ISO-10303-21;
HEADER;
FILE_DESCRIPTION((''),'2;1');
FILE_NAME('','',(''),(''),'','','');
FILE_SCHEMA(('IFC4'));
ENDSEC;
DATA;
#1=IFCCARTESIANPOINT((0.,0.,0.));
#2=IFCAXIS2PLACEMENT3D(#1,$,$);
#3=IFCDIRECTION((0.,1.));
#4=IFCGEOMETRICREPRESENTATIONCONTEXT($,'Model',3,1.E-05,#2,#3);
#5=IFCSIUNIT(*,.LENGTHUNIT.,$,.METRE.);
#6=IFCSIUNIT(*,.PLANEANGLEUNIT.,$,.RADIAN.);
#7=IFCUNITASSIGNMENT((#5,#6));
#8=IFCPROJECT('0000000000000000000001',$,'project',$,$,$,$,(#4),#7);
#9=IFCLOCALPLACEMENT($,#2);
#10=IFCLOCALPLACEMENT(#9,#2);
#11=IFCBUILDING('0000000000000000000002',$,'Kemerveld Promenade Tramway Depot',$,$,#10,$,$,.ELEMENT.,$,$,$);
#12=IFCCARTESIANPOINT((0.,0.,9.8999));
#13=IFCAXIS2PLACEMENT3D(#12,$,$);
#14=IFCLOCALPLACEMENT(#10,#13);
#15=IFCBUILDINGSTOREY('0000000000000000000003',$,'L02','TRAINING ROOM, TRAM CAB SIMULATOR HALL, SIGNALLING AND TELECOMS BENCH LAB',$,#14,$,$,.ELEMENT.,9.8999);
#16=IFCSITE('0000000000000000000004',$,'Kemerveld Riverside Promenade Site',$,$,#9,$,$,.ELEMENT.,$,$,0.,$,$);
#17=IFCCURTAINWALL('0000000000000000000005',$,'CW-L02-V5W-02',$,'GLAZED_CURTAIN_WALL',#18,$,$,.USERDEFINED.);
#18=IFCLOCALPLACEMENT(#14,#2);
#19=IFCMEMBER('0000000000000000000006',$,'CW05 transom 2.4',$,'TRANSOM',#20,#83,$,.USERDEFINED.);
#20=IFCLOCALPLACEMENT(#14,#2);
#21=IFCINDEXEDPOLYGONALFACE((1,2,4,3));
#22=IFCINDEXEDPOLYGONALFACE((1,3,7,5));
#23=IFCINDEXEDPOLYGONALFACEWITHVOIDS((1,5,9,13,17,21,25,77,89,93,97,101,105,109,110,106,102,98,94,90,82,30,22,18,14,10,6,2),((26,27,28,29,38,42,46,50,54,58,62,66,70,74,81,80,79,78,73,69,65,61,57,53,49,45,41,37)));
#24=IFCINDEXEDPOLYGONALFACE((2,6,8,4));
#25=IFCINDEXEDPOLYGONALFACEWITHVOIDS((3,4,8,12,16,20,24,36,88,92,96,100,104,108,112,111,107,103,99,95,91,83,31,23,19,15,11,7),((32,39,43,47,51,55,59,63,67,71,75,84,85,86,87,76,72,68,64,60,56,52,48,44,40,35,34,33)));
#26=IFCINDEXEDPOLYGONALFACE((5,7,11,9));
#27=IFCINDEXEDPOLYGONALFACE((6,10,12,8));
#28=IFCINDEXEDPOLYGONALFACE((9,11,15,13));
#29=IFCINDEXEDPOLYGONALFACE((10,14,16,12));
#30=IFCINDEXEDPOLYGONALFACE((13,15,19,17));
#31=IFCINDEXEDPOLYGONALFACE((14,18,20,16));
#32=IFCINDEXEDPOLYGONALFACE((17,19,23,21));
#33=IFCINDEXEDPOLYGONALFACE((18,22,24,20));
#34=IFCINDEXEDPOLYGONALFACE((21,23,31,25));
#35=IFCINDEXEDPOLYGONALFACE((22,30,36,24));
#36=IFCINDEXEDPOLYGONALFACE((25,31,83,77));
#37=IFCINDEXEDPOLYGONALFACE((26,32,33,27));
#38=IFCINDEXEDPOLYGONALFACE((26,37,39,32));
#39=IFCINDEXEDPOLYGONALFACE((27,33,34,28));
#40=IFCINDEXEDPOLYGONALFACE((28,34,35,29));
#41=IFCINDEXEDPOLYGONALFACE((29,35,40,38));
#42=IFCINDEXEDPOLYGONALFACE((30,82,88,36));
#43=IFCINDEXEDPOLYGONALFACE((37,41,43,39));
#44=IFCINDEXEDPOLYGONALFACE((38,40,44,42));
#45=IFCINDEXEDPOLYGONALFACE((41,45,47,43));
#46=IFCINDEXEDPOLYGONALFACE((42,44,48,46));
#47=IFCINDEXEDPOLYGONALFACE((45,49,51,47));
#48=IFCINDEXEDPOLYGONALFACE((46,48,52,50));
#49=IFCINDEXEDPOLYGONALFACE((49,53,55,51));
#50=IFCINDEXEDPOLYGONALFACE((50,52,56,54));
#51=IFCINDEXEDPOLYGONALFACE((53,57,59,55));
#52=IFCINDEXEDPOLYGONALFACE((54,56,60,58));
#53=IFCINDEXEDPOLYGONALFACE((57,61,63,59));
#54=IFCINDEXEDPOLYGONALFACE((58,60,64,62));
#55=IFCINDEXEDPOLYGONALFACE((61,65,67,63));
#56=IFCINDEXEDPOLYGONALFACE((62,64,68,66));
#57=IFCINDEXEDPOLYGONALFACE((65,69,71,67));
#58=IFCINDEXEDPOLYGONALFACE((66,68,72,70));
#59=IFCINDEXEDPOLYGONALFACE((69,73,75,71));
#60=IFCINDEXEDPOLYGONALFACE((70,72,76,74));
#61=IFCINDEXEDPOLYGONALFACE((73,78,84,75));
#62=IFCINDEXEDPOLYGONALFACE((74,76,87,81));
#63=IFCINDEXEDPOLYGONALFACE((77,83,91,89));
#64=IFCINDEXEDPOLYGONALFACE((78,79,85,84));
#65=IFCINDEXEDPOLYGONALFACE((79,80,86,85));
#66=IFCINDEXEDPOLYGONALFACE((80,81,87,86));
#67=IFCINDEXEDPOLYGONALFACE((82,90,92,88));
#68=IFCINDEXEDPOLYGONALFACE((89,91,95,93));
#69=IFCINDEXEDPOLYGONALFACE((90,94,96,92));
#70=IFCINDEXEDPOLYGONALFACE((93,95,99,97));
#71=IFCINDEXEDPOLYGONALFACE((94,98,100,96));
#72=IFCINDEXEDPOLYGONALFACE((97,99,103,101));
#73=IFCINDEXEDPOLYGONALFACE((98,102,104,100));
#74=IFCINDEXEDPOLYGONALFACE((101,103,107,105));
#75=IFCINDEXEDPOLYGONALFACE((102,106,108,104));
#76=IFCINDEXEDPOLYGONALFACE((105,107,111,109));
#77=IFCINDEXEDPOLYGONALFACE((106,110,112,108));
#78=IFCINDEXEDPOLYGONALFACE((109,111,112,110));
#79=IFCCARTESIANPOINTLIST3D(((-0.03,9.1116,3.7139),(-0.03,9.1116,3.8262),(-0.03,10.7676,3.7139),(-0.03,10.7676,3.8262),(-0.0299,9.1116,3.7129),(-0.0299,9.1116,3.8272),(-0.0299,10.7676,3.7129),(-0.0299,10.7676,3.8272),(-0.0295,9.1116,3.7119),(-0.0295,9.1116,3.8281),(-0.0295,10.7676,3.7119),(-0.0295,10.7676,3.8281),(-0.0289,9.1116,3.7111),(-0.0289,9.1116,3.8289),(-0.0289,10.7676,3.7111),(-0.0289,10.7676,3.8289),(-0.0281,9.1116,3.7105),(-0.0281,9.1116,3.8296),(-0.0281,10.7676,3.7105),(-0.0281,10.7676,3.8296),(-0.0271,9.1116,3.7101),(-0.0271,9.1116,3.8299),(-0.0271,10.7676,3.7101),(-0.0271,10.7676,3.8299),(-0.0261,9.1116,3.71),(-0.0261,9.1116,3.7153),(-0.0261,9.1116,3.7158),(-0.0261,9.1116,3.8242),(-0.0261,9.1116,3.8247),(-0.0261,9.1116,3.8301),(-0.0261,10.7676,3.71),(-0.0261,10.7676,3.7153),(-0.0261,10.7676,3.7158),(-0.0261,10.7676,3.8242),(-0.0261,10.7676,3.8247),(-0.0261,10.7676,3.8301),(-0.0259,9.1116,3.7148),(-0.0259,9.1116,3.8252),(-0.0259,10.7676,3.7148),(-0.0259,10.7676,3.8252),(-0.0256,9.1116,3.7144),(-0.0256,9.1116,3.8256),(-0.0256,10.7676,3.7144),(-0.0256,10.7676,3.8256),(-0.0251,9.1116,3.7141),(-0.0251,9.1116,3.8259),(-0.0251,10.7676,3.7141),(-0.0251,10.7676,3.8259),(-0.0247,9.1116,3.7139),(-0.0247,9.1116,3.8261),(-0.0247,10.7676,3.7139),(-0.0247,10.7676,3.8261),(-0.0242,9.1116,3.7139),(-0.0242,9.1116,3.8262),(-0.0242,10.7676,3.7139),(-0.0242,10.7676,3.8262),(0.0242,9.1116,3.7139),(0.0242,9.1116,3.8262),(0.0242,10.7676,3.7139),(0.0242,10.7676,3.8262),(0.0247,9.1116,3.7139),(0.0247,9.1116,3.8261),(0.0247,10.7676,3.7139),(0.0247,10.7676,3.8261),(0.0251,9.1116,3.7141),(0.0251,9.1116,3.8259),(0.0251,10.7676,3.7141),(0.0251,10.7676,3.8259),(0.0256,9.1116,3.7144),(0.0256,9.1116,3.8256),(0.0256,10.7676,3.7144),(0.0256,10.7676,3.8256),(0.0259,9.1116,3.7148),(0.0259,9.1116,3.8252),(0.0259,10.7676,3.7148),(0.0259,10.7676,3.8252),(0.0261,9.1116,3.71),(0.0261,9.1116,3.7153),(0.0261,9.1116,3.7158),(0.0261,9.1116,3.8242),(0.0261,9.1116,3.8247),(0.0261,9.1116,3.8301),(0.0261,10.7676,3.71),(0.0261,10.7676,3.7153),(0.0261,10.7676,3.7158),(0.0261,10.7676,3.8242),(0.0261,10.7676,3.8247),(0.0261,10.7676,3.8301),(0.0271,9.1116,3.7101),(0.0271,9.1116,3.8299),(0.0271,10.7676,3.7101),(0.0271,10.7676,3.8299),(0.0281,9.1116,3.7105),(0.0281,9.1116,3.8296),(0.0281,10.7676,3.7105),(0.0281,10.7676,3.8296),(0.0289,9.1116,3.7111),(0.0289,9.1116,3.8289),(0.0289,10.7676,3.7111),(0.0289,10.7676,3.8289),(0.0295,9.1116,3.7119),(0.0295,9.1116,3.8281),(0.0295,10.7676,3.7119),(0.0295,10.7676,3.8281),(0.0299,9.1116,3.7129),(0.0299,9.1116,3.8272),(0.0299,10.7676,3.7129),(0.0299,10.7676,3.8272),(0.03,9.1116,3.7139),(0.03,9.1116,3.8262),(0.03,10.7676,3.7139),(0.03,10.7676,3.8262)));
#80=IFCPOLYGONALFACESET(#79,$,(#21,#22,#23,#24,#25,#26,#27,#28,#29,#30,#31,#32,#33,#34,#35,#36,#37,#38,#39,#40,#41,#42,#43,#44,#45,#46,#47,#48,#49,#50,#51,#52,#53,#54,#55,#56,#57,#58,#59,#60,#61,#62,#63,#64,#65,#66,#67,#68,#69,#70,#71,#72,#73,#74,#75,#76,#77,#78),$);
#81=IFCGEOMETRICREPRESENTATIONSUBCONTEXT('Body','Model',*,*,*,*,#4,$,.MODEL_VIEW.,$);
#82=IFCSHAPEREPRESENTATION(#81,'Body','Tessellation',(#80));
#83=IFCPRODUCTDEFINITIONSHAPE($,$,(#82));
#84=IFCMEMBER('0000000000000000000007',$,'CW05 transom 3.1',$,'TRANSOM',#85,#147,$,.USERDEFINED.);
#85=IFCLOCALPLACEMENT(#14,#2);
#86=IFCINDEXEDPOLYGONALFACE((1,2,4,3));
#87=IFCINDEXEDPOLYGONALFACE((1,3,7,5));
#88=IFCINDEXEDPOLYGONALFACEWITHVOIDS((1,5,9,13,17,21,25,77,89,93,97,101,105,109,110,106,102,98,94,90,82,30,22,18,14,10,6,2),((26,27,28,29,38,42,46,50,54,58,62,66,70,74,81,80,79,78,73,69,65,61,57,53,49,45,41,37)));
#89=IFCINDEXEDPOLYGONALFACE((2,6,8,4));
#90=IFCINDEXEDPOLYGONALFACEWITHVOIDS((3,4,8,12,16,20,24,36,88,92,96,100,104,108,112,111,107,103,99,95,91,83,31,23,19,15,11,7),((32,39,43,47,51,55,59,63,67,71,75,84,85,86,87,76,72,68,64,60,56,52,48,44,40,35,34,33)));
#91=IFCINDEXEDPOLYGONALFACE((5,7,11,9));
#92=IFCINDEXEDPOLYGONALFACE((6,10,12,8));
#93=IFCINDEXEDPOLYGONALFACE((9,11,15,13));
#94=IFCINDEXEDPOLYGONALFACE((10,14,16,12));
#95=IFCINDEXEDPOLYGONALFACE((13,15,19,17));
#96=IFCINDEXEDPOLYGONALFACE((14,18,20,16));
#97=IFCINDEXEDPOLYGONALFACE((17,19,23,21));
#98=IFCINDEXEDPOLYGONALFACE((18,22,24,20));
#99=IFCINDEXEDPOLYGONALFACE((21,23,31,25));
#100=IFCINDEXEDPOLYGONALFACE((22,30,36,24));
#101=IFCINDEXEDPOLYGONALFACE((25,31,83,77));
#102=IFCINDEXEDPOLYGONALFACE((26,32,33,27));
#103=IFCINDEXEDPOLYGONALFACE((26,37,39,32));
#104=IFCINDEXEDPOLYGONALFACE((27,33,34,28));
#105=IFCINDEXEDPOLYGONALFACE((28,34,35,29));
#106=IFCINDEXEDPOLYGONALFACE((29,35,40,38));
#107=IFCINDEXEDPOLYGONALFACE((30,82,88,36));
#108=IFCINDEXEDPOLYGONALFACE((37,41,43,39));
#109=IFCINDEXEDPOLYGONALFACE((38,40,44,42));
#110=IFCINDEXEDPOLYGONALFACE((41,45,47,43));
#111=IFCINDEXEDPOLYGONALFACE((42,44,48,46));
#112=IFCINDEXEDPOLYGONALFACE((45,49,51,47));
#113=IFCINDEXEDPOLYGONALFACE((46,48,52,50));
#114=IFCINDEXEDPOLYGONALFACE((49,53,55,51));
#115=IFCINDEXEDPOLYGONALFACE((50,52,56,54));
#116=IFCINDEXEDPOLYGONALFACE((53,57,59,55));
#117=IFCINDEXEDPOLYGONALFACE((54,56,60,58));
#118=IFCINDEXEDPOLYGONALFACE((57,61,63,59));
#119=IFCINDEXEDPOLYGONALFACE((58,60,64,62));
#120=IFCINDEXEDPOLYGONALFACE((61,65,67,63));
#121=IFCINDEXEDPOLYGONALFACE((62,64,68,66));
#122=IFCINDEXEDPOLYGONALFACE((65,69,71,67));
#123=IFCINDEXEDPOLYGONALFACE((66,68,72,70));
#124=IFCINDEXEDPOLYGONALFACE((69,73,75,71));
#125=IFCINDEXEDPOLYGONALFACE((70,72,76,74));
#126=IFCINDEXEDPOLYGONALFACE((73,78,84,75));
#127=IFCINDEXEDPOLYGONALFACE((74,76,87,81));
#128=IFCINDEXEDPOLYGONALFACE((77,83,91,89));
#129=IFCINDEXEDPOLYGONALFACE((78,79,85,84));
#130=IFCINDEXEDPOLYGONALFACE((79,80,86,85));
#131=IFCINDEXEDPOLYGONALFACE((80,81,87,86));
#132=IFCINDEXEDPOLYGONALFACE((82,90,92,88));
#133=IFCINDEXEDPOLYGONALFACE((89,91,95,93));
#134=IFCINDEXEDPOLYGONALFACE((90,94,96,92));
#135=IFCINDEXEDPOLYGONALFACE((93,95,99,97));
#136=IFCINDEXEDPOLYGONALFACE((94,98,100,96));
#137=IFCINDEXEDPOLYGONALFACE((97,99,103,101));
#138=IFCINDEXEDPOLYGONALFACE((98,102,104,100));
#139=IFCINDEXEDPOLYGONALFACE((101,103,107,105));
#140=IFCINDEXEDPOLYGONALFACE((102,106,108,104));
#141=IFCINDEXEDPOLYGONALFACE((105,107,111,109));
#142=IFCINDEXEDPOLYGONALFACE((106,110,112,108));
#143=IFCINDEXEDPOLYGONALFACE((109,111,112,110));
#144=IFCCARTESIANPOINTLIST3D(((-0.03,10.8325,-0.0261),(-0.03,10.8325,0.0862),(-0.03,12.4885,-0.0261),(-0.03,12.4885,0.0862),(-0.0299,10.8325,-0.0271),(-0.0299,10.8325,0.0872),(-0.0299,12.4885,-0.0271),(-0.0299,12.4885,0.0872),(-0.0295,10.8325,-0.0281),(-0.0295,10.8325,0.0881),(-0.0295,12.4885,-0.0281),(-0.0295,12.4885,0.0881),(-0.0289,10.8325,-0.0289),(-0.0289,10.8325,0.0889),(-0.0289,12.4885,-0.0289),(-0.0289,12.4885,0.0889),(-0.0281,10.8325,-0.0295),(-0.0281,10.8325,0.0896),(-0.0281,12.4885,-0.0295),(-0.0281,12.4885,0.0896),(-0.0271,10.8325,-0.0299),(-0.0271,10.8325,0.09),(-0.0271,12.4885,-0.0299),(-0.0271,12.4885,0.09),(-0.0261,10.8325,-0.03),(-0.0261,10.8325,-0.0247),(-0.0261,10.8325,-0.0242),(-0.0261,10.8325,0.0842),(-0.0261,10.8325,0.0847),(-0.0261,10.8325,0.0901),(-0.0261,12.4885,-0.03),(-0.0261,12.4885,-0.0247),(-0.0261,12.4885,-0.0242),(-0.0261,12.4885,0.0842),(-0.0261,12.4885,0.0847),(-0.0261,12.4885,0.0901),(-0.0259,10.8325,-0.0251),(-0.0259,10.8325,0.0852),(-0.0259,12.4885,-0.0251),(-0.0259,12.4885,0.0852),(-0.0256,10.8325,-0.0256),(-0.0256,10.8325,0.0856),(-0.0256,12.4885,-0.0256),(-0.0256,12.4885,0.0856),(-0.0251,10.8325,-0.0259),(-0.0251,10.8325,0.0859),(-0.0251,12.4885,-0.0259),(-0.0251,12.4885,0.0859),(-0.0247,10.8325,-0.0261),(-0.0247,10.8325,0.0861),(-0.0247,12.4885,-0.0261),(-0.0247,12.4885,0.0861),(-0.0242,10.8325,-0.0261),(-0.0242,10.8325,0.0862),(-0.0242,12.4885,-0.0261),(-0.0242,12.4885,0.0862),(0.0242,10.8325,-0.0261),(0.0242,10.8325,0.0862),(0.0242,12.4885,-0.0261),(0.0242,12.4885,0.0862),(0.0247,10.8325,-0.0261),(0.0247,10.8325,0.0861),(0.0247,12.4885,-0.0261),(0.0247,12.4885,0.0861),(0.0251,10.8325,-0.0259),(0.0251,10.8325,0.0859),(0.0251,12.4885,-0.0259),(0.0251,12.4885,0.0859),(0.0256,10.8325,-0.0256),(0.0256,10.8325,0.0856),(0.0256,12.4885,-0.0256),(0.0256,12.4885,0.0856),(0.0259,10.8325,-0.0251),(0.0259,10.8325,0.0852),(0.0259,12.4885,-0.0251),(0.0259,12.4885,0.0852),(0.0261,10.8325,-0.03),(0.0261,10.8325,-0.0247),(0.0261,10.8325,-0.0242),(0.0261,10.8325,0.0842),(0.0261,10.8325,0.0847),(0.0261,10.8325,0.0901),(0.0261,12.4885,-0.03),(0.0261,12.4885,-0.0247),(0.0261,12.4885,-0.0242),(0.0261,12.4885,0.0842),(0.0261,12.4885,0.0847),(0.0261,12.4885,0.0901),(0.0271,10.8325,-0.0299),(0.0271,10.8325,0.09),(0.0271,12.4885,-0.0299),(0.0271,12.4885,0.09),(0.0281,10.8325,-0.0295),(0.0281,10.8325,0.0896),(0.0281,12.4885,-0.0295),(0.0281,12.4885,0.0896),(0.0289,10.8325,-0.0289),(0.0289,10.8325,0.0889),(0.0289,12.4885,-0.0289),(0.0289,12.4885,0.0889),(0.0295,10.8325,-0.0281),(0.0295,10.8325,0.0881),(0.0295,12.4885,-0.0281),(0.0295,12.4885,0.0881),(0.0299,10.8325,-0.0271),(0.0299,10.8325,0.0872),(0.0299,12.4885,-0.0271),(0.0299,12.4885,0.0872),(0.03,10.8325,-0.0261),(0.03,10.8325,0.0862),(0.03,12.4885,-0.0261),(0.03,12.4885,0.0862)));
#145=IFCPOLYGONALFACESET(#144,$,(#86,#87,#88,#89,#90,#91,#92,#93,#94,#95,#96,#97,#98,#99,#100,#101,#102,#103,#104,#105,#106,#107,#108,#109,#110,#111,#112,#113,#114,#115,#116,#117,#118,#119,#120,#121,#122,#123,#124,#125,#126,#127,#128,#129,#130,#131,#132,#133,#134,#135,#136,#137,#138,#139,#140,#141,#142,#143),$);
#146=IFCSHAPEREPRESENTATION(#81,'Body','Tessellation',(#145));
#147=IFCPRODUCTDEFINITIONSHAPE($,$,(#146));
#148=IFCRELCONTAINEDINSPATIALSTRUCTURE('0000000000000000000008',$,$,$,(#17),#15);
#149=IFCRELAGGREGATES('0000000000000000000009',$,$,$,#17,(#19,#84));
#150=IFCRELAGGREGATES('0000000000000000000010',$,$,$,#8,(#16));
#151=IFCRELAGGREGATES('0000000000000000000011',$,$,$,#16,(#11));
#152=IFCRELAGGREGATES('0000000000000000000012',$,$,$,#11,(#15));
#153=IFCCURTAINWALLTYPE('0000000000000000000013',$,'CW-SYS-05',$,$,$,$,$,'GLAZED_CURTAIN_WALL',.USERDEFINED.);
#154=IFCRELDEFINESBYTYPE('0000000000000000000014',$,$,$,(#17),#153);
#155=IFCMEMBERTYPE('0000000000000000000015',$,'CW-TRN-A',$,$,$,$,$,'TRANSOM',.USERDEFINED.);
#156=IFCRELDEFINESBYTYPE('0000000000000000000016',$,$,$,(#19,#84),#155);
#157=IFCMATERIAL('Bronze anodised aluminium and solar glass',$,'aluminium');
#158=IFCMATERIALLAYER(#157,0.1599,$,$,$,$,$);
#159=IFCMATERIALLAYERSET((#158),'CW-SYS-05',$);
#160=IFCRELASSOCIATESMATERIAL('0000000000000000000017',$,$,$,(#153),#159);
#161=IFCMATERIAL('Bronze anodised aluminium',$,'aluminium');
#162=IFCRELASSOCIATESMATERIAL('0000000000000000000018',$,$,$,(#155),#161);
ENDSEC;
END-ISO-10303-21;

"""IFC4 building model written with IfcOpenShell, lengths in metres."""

from ifc_helpers import new_model, si_unit, direction, frame, origin, origin_2d, place, context, subcontext, project, spatial, hollow_rectangle, extrude, material, layer, layer_set, material_profile, profile_set, type_object, element, aggregate, save


model = new_model("IFC4")

# Units and contexts
model_context = context("Model", 3, precision=1e-05, world=origin(), true_north=direction((0.0, 1.0)))
body_context = subcontext(model_context, "Body", "Model", "MODEL_VIEW")
ifc_project = project(units=[si_unit("LENGTHUNIT", "METRE"), si_unit("PLANEANGLEUNIT", "RADIAN")], contexts=[model_context])

# Site, building, storey
site_placement = place(None, origin())
site = spatial("IfcSite", under=ifc_project, at=site_placement, Name="Kemerveld Riverside Promenade Site", CompositionType="ELEMENT", RefElevation=0.0)
building_placement = place(site_placement, origin())
building = spatial("IfcBuilding", under=site, at=building_placement, Name="Kemerveld Promenade Tramway Depot", CompositionType="ELEMENT")
storey_placement = place(building_placement, frame((0.0, 0.0, 9.8999)))
storey = spatial("IfcBuildingStorey", under=building, at=storey_placement, Name="L02", Description="TRAINING ROOM, TRAM CAB SIMULATOR HALL, SIGNALLING AND TELECOMS BENCH LAB", CompositionType="ELEMENT", Elevation=9.8999)

# Curtain wall, members
ifc_material_1 = material(Name="Bronze anodised aluminium and solar glass", Category="aluminium")
ifc_layer_1 = layer(ifc_material_1, 0.1599)
ifc_layer_set_1 = layer_set([ifc_layer_1], Name="CW-SYS-05")
curtain_wall_type = type_object("IfcCurtainWallType", Name="CW-SYS-05", ElementType="GLAZED_CURTAIN_WALL", PredefinedType="USERDEFINED", material=ifc_layer_set_1)
curtain_wall_placement = place(storey_placement, origin())
curtain_wall = element("IfcCurtainWall", 1, at=curtain_wall_placement, inside=storey, type_object=curtain_wall_type, Name="CW-L02-V5W-02", ObjectType="GLAZED_CURTAIN_WALL", PredefinedType="USERDEFINED")
ifc_material_2 = material(Name="Bronze anodised aluminium", Category="aluminium")
ifc_material_profile_1 = material_profile(ifc_material_2, hollow_rectangle(XDim=0.0601, YDim=0.1201, WallThickness=0.0039, InnerFilletRadius=0.002, OuterFilletRadius=0.0039, at=origin_2d()), Name="CW-TRN-120x60")
ifc_profile_set_1 = profile_set([ifc_material_profile_1], Name="Bronze anodised aluminium")
member_type_1 = type_object("IfcMemberType", Name="CW-TRN-A", ElementType="TRANSOM", PredefinedType="USERDEFINED", material=ifc_profile_set_1)
member_1_placement = place(storey_placement, frame((0.0, 9.1116, 3.77), z_axis=(0.0, 1.0, 0.0), x_axis=(-1.0, 0.0, 0.0)))
member_1 = element("IfcMember", 2, at=member_1_placement, type_object=member_type_1, Name="CW05 transom 2.4", ObjectType="TRANSOM", PredefinedType="USERDEFINED", context=body_context, shape_type="SweptSolid", body=[
    extrude(hollow_rectangle(XDim=0.0601, YDim=0.1201, WallThickness=0.0039, InnerFilletRadius=0.002, OuterFilletRadius=0.0039, at=origin_2d()), origin(), (0.0, 0.0, 1.0), 1.656),
])
member_2_placement = place(storey_placement, frame((0.0, 10.8325, 0.03), z_axis=(0.0, 1.0, 0.0), x_axis=(-1.0, 0.0, 0.0)))
member_2 = element("IfcMember", 3, at=member_2_placement, type_object=member_type_1, Name="CW05 transom 3.1", ObjectType="TRANSOM", PredefinedType="USERDEFINED", context=body_context, shape_type="SweptSolid", body=[
    extrude(hollow_rectangle(XDim=0.0601, YDim=0.1201, WallThickness=0.0039, InnerFilletRadius=0.002, OuterFilletRadius=0.0039, at=origin_2d()), origin(), (0.0, 0.0, 1.0), 1.656),
])
aggregate(curtain_wall, [member_1, member_2])

save(model, "model.ifc")
